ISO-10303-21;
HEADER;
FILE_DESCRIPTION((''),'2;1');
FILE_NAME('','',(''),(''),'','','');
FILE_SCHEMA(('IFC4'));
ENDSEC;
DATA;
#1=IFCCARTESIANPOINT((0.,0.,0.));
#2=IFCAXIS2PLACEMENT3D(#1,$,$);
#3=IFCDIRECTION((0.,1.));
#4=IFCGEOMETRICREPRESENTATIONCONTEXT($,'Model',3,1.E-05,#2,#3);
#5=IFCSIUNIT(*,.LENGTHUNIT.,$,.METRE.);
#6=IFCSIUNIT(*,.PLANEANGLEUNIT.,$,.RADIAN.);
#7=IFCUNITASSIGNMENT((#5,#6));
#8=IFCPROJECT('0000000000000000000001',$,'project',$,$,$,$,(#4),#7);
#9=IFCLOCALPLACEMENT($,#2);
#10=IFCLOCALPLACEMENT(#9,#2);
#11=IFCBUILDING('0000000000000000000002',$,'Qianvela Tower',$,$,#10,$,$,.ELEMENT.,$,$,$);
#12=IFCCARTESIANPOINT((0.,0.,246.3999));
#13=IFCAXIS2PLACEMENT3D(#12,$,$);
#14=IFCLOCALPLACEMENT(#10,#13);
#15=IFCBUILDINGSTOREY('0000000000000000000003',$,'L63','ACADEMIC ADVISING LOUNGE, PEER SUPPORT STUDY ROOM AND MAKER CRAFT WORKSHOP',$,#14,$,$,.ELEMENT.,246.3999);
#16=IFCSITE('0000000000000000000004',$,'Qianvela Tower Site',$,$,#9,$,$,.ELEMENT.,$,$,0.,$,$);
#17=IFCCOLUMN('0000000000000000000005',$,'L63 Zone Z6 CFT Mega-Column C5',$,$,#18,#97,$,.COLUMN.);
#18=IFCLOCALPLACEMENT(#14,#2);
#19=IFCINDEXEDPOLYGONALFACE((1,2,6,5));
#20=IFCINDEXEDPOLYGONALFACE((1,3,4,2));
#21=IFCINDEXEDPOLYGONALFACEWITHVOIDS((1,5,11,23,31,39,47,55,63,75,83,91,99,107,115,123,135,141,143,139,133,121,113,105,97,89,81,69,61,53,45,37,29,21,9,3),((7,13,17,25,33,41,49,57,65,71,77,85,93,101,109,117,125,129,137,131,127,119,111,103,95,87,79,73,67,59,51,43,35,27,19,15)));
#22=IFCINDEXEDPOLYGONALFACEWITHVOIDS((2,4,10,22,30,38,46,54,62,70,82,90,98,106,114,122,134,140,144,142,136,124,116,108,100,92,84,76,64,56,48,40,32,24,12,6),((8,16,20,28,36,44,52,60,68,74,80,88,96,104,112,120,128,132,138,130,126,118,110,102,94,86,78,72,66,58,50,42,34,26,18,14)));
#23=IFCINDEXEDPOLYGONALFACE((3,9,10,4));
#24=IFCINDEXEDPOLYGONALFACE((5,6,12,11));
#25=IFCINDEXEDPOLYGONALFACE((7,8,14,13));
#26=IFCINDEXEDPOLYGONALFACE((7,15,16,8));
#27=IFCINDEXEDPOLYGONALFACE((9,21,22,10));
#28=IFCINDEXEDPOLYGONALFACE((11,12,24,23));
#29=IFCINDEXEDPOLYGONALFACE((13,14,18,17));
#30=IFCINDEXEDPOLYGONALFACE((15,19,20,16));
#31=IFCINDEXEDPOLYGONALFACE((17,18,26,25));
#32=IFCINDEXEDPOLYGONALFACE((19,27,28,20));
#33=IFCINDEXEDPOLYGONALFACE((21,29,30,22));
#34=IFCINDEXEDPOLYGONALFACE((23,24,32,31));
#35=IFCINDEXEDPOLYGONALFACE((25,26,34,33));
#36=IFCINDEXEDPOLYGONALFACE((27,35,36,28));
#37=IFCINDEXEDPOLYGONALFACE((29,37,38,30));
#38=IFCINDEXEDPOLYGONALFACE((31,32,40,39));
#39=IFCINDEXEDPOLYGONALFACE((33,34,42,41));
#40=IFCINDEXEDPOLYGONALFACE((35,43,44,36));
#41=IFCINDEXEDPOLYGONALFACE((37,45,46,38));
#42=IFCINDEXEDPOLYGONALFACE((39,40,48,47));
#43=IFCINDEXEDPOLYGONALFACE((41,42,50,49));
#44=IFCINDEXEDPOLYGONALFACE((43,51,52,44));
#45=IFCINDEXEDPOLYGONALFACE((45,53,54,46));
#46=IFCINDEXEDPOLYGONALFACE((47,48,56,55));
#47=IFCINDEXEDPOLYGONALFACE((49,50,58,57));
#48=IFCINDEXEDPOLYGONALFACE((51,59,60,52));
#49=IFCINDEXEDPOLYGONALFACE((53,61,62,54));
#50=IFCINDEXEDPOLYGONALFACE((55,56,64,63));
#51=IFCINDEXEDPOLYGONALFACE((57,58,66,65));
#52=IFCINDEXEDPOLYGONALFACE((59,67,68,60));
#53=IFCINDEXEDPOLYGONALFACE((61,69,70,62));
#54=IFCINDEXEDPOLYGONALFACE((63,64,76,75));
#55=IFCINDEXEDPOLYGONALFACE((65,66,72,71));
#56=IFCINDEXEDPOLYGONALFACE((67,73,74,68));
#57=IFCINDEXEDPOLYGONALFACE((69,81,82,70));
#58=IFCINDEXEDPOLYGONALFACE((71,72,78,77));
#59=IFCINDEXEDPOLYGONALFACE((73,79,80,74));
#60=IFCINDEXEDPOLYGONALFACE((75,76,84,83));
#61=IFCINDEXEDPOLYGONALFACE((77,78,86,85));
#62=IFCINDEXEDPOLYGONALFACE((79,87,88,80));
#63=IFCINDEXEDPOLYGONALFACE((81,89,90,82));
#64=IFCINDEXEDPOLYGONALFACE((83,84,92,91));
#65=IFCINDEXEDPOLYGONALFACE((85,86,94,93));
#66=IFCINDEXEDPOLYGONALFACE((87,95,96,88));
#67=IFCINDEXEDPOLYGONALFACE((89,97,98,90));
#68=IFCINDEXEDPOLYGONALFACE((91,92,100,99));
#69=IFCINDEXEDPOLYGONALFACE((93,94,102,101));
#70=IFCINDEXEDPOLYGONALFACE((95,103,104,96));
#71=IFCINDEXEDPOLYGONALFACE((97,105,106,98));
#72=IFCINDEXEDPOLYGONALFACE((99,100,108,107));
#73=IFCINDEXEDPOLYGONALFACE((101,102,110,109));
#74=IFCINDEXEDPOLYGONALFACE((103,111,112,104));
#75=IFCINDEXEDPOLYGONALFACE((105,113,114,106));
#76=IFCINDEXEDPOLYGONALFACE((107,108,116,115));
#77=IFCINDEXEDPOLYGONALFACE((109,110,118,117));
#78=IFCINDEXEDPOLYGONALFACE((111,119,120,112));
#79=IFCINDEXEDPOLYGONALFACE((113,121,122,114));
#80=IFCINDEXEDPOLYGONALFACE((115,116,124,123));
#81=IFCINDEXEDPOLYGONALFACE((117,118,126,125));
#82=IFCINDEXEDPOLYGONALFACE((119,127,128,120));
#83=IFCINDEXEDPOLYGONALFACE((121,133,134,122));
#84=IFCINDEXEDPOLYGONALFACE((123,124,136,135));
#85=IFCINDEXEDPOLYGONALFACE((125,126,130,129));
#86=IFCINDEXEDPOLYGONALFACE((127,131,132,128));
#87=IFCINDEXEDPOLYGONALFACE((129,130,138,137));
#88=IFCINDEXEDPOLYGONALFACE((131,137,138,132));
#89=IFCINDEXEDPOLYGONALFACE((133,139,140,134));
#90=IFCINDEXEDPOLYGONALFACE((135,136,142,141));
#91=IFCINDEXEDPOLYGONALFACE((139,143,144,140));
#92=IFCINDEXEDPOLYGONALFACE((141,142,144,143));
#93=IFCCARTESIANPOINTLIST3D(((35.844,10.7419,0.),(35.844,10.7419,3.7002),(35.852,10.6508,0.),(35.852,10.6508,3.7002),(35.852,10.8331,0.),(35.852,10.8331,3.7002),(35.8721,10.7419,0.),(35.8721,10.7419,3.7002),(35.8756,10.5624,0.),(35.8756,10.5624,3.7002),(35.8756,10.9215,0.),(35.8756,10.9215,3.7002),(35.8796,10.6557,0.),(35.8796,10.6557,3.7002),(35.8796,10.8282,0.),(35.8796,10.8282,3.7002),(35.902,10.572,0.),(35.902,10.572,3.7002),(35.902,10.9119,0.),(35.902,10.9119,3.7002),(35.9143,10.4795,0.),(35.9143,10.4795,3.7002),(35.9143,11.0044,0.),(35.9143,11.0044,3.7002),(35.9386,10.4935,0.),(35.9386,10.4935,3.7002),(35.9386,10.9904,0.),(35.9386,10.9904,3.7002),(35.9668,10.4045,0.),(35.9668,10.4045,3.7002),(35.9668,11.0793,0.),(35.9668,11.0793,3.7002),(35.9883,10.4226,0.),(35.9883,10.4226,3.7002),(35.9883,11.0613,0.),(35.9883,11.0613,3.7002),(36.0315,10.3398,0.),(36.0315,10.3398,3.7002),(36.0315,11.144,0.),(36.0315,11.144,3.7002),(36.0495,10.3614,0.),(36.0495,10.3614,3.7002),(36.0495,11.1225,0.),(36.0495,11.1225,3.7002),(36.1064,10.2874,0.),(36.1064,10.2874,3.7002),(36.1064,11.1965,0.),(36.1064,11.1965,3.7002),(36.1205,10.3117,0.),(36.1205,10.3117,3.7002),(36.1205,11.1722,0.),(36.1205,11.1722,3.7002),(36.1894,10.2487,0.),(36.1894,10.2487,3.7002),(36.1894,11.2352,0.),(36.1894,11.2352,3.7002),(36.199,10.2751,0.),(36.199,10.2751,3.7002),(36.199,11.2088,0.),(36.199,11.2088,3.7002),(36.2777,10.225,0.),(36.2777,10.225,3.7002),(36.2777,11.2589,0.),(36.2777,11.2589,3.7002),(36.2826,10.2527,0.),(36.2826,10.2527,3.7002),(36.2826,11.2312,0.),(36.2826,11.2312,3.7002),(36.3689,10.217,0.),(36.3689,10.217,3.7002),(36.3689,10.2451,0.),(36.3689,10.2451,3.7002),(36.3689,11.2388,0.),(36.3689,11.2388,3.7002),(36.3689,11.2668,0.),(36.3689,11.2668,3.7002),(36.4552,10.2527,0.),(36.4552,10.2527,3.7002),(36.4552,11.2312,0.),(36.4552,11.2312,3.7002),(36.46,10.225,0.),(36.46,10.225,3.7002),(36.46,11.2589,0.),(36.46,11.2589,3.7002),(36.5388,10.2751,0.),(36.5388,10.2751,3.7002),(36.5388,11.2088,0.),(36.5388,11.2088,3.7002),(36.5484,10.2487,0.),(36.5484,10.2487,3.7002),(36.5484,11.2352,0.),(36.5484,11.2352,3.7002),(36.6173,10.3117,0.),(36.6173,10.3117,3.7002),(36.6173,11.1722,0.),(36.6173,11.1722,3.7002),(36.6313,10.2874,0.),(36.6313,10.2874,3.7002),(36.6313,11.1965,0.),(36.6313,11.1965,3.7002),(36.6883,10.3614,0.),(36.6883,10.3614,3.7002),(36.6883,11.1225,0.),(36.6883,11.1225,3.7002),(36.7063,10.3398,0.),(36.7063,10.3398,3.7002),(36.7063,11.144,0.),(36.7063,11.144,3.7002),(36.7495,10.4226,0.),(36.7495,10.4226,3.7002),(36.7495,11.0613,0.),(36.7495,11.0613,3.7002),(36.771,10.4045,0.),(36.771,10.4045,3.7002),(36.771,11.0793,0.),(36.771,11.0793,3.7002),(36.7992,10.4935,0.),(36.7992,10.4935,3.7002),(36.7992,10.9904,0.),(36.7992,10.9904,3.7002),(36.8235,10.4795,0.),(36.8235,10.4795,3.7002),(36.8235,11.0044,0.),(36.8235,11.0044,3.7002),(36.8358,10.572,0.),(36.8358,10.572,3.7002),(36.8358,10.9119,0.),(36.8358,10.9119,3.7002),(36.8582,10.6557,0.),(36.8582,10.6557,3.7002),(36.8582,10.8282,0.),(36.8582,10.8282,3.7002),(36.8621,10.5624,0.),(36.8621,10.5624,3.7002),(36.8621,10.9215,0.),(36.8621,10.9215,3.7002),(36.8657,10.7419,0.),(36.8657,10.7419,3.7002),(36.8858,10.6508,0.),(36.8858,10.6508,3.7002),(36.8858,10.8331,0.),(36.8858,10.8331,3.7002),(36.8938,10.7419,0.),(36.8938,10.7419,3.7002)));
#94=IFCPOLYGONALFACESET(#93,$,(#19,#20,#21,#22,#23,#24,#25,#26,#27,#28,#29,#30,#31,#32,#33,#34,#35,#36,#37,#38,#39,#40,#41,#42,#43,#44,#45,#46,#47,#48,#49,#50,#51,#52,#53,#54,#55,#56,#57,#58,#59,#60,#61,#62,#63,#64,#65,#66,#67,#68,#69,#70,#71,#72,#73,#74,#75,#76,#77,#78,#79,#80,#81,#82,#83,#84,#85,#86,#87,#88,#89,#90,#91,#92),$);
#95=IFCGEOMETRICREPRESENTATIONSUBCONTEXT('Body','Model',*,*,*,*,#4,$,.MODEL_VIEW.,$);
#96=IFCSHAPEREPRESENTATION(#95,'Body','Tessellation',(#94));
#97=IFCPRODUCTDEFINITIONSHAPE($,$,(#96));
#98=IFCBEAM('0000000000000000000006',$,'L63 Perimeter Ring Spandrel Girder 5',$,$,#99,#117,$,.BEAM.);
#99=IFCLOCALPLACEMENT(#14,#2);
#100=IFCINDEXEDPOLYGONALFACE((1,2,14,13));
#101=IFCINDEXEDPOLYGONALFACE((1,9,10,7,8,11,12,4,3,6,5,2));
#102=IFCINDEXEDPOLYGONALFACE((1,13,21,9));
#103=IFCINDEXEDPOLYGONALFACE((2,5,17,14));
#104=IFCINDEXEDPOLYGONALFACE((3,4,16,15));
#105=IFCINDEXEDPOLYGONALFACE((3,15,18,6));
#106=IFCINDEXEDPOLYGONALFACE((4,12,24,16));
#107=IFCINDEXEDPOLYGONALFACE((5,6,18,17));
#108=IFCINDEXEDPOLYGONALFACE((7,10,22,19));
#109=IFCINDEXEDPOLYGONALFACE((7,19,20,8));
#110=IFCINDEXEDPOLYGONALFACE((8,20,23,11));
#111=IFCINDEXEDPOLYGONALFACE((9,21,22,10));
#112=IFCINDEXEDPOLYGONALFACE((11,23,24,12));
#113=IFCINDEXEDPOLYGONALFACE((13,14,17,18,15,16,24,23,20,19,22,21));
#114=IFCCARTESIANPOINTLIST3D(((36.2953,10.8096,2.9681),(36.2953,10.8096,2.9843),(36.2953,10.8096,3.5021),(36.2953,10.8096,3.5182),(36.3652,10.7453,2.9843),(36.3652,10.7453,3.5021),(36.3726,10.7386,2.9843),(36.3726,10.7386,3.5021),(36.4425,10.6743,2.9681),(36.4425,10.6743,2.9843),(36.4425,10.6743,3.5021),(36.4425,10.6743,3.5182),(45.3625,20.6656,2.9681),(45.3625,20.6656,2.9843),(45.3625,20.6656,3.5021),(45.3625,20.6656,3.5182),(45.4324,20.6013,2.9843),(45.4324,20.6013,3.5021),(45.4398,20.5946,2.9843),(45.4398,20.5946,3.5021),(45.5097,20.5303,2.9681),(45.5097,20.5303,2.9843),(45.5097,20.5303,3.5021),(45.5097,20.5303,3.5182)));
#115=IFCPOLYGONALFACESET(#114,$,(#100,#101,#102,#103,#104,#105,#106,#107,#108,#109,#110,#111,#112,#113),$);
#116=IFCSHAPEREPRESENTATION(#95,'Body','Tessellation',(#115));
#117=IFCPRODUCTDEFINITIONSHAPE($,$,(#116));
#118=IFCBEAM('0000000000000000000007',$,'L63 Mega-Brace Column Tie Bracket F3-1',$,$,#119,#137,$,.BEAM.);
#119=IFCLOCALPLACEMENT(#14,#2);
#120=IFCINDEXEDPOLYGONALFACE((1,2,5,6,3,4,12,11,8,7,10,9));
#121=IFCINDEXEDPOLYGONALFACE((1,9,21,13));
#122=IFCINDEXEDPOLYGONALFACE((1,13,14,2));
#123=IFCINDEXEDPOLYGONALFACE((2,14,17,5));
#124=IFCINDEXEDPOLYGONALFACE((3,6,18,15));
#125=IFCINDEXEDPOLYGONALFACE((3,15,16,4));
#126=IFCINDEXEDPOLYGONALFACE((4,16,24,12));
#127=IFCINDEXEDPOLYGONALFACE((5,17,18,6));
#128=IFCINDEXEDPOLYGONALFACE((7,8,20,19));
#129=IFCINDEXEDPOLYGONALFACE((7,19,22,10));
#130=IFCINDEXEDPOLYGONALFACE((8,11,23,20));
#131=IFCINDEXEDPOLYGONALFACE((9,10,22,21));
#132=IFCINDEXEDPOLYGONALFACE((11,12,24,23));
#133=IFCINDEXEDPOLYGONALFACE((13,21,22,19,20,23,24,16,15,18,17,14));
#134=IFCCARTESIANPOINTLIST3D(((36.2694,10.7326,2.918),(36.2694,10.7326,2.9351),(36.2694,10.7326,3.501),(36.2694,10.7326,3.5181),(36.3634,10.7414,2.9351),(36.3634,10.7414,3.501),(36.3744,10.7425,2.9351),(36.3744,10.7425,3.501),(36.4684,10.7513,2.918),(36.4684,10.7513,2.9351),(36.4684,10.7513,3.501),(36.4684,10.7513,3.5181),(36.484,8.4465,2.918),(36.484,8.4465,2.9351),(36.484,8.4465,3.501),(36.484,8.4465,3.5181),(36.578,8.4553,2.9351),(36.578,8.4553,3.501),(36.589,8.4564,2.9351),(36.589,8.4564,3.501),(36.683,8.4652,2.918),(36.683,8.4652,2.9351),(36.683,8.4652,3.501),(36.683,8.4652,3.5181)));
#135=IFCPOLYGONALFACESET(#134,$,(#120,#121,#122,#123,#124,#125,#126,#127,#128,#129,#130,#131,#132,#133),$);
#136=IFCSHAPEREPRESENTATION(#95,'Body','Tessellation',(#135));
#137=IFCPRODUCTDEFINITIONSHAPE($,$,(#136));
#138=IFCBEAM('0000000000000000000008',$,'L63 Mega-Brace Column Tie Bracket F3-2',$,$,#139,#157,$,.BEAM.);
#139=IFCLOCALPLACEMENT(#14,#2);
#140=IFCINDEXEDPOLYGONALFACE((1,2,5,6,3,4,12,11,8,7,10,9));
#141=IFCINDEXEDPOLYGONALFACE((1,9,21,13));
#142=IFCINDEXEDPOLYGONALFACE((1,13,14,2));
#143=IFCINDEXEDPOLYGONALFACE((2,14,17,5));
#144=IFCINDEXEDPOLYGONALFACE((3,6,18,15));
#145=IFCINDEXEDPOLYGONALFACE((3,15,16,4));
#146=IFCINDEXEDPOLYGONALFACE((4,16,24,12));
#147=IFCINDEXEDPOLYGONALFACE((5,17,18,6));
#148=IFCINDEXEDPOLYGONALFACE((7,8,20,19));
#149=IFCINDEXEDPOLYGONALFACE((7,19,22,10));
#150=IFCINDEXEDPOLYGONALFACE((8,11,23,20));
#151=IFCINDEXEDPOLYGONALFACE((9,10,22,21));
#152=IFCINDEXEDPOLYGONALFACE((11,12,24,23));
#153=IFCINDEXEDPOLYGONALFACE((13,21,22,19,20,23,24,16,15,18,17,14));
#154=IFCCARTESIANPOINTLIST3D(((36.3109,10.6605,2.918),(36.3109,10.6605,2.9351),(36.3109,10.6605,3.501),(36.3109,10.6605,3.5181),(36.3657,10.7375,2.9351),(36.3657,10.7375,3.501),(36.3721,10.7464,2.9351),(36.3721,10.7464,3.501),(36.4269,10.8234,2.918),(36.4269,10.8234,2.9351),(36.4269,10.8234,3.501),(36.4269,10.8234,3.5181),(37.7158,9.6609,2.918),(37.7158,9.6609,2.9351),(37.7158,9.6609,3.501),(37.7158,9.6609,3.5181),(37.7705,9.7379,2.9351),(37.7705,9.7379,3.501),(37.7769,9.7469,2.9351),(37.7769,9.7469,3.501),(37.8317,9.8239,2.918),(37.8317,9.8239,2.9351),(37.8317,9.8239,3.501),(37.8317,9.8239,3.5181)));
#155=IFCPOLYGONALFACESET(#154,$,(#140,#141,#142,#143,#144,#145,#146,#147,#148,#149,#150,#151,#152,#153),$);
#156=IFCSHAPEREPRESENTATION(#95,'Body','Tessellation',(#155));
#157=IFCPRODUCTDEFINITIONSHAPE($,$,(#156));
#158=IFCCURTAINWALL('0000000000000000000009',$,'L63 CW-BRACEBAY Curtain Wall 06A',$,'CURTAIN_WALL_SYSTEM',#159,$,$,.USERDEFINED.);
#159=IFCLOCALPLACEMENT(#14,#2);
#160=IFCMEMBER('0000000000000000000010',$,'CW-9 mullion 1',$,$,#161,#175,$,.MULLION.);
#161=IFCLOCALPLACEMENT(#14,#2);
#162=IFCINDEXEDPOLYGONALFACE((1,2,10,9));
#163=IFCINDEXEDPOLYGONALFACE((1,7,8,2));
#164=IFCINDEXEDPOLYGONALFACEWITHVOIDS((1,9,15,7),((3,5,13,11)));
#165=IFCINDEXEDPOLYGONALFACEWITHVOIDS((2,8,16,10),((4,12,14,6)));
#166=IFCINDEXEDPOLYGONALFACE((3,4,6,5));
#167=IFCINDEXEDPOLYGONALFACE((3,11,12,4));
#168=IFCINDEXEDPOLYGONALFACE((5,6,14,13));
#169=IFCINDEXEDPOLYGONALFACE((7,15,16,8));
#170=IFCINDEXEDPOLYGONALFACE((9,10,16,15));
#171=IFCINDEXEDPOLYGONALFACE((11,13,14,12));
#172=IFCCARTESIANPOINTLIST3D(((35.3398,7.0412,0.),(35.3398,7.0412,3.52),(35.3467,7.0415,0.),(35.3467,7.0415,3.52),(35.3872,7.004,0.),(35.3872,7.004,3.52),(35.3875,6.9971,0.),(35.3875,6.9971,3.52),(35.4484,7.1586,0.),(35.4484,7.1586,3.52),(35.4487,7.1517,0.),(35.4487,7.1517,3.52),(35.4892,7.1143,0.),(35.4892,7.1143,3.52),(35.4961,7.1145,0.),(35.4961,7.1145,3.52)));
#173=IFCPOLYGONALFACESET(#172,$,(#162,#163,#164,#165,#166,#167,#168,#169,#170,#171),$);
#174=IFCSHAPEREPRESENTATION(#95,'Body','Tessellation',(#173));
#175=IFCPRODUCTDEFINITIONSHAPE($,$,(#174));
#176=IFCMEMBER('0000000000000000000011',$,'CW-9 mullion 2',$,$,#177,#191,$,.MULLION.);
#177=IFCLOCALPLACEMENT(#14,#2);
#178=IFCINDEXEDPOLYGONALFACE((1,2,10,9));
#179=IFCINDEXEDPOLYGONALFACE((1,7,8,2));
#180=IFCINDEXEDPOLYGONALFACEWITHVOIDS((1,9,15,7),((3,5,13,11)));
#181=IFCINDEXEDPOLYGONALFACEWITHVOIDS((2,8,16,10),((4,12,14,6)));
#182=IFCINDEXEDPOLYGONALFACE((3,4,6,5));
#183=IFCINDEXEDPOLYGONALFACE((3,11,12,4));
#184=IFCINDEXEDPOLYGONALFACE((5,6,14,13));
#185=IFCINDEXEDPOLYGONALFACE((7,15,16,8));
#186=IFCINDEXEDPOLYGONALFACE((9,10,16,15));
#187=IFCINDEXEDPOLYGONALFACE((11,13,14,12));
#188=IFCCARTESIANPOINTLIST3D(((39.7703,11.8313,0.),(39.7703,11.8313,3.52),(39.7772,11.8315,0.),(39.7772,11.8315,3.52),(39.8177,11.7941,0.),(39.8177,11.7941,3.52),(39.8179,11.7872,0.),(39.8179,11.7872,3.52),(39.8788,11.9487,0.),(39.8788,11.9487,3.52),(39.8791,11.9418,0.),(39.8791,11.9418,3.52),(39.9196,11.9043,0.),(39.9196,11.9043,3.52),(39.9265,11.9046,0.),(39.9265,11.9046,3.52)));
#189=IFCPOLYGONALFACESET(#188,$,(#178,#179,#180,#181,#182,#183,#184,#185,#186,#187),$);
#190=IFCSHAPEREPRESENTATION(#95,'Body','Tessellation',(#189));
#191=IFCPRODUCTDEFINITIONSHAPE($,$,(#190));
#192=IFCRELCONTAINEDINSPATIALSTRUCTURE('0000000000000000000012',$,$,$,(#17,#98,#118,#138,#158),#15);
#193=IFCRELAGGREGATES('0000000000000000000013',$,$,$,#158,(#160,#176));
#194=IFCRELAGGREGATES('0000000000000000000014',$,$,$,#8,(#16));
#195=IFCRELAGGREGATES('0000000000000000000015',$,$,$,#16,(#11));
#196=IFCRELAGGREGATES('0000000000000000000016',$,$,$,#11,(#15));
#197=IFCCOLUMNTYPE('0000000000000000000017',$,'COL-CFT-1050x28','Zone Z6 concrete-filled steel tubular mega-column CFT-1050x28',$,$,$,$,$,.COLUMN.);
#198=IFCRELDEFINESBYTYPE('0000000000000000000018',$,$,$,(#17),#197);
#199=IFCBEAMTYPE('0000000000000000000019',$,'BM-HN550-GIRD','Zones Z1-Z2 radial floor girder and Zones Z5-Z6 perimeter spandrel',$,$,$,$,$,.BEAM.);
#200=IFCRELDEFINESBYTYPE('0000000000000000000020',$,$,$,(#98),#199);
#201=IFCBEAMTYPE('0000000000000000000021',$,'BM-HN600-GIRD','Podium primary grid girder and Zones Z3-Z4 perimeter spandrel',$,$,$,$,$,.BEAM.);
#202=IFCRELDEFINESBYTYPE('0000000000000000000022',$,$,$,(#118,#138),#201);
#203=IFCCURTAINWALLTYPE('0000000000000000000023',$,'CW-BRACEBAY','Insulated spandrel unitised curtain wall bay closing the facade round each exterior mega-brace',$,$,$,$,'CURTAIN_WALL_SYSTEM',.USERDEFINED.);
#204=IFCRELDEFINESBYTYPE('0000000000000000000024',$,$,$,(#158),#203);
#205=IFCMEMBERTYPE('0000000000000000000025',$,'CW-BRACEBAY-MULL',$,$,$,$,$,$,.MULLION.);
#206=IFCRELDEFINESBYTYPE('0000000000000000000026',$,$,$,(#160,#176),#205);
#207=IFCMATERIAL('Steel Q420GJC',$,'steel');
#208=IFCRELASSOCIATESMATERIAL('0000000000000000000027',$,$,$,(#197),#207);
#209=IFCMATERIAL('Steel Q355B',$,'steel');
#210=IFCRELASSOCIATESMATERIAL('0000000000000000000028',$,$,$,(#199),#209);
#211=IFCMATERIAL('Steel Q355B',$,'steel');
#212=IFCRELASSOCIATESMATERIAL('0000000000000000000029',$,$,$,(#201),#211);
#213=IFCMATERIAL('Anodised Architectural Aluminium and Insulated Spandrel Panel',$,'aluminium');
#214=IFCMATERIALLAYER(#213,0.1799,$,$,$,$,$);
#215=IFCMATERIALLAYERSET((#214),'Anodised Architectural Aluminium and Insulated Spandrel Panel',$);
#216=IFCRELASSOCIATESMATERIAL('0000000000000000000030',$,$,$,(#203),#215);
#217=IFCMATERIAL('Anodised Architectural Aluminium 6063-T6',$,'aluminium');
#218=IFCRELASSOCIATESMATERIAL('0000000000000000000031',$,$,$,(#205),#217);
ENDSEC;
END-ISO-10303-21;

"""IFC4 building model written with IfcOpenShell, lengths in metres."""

from ifc_helpers import new_model, si_unit, direction, frame, origin, origin_2d, place, context, subcontext, project, spatial, hollow_rectangle, hollow_circle, i_section, extrude, material, layer, layer_set, material_profile, profile_set, type_object, element, aggregate, save


model = new_model("IFC4")

# Units and contexts
model_context = context("Model", 3, precision=1e-05, world=origin(), true_north=direction((0.0, 1.0)))
body_context = subcontext(model_context, "Body", "Model", "MODEL_VIEW")
ifc_project = project(units=[si_unit("LENGTHUNIT", "METRE"), si_unit("PLANEANGLEUNIT", "RADIAN")], contexts=[model_context])

# Site, building, storey
site_placement = place(None, origin())
site = spatial("IfcSite", under=ifc_project, at=site_placement, Name="Qianvela Tower Site", CompositionType="ELEMENT", RefElevation=0.0)
building_placement = place(site_placement, origin())
building = spatial("IfcBuilding", under=site, at=building_placement, Name="Qianvela Tower", CompositionType="ELEMENT")
storey_placement = place(building_placement, frame((0.0, 0.0, 246.3999)))
storey = spatial("IfcBuildingStorey", under=building, at=storey_placement, Name="L63", Description="ACADEMIC ADVISING LOUNGE, PEER SUPPORT STUDY ROOM AND MAKER CRAFT WORKSHOP", CompositionType="ELEMENT", Elevation=246.3999)

# Column
ifc_material_1 = material(Name="Steel Q420GJC", Category="steel")
ifc_material_profile_1 = material_profile(ifc_material_1, hollow_circle(Radius=0.5249, WallThickness=0.0281, at=origin_2d()), Name="CFT-1050x28")
ifc_profile_set_1 = profile_set([ifc_material_profile_1], Name="Steel Q420GJC")
column_type = type_object("IfcColumnType", Name="COL-CFT-1050x28", Description="Zone Z6 concrete-filled steel tubular mega-column CFT-1050x28", PredefinedType="COLUMN", material=ifc_profile_set_1)
column_placement = place(storey_placement, frame((36.3689, 10.7419, 0.0), z_axis=(0.0, 0.0, 1.0), x_axis=(1.0, 0.0, 0.0)))
element("IfcColumn", 1, at=column_placement, inside=storey, type_object=column_type, Name="L63 Zone Z6 CFT Mega-Column C5", PredefinedType="COLUMN", context=body_context, shape_type="SweptSolid", body=[
    extrude(hollow_circle(Radius=0.5249, WallThickness=0.0281, at=origin_2d()), origin(), (0.0, 0.0, 1.0), 3.7002),
])

# Beams
ifc_material_2 = material(Name="Steel Q355B", Category="steel")
ifc_material_profile_2 = material_profile(ifc_material_2, i_section(OverallWidth=0.2, OverallDepth=0.55, WebThickness=0.01, FlangeThickness=0.0161, at=origin_2d()), Name="HN550x200x10x16")
ifc_profile_set_2 = profile_set([ifc_material_profile_2], Name="Steel Q355B")
beam_type_1 = type_object("IfcBeamType", Name="BM-HN550-GIRD", Description="Zones Z1-Z2 radial floor girder and Zones Z5-Z6 perimeter spandrel", PredefinedType="BEAM", material=ifc_profile_set_2)
beam_1_placement = place(storey_placement, frame((36.3689, 10.7419, 3.2432), z_axis=(0.677043, 0.735944, 0.0), x_axis=(-0.735944, 0.677043, 0.0)))
element("IfcBeam", 2, at=beam_1_placement, inside=storey, type_object=beam_type_1, Name="L63 Perimeter Ring Spandrel Girder 5", PredefinedType="BEAM", context=body_context, shape_type="SweptSolid", body=[
    extrude(i_section(OverallWidth=0.2, OverallDepth=0.55, WebThickness=0.01, FlangeThickness=0.0161, at=origin_2d()), origin(), (0.0, 0.0, 1.0), 13.3923),
])
ifc_material_3 = material(Name="Steel Q355B", Category="steel")
ifc_material_profile_3 = material_profile(ifc_material_3, i_section(OverallWidth=0.2, OverallDepth=0.6001, WebThickness=0.011, FlangeThickness=0.0171, at=origin_2d()), Name="HN600x200x11x17")
ifc_profile_set_3 = profile_set([ifc_material_profile_3], Name="Steel Q355B")
beam_type_2 = type_object("IfcBeamType", Name="BM-HN600-GIRD", Description="Podium primary grid girder and Zones Z3-Z4 perimeter spandrel", PredefinedType="BEAM", material=ifc_profile_set_3)
beam_2_placement = place(storey_placement, frame((36.3689, 10.7419, 3.218), z_axis=(0.093459, -0.995623, 0.0), x_axis=(0.995623, 0.093459, 0.0)))
element("IfcBeam", 3, at=beam_2_placement, inside=storey, type_object=beam_type_2, Name="L63 Mega-Brace Column Tie Bracket F3-1", PredefinedType="BEAM", context=body_context, shape_type="SweptSolid", body=[
    extrude(i_section(OverallWidth=0.2, OverallDepth=0.6001, WebThickness=0.011, FlangeThickness=0.0171, at=origin_2d()), origin(), (0.0, 0.0, 1.0), 2.2961),
])
beam_3_placement = place(storey_placement, frame((36.3689, 10.7419, 3.218), z_axis=(0.814804, -0.579737, 0.0), x_axis=(0.579737, 0.814804, 0.0)))
element("IfcBeam", 4, at=beam_3_placement, inside=storey, type_object=beam_type_2, Name="L63 Mega-Brace Column Tie Bracket F3-2", PredefinedType="BEAM", context=body_context, shape_type="SweptSolid", body=[
    extrude(i_section(OverallWidth=0.2, OverallDepth=0.6001, WebThickness=0.011, FlangeThickness=0.0171, at=origin_2d()), origin(), (0.0, 0.0, 1.0), 1.7241),
])

# Curtain wall, members
ifc_material_4 = material(Name="Anodised Architectural Aluminium and Insulated Spandrel Panel", Category="aluminium")
ifc_layer_1 = layer(ifc_material_4, 0.1799)
ifc_layer_set_1 = layer_set([ifc_layer_1], Name="Anodised Architectural Aluminium and Insulated Spandrel Panel")
curtain_wall_type_1 = type_object("IfcCurtainWallType", Name="CW-BRACEBAY", Description="Insulated spandrel unitised curtain wall bay closing the facade round each exterior mega-brace", ElementType="CURTAIN_WALL_SYSTEM", PredefinedType="USERDEFINED", material=ifc_layer_set_1)
curtain_wall_1_placement = place(storey_placement, origin())
curtain_wall_1 = element("IfcCurtainWall", 5, at=curtain_wall_1_placement, inside=storey, type_object=curtain_wall_type_1, Name="L63 CW-BRACEBAY Curtain Wall 06A", ObjectType="CURTAIN_WALL_SYSTEM", PredefinedType="USERDEFINED")
ifc_material_5 = material(Name="Anodised Architectural Aluminium 6063-T6", Category="aluminium")
ifc_material_profile_4 = material_profile(ifc_material_5, hollow_rectangle(XDim=0.0649, YDim=0.1599, WallThickness=0.0049, at=origin_2d()), Name="ALU-MULL-65x160")
ifc_profile_set_4 = profile_set([ifc_material_profile_4], Name="Anodised Architectural Aluminium 6063-T6")
member_type_1 = type_object("IfcMemberType", Name="CW-BRACEBAY-MULL", PredefinedType="MULLION", material=ifc_profile_set_4)
member_1_placement = place(storey_placement, frame((35.418, 7.0779, 0.0), z_axis=(0.0, 0.0, 1.0), x_axis=(-0.734126, 0.679013, 0.0)))
member_1 = element("IfcMember", 6, at=member_1_placement, type_object=member_type_1, Name="CW-9 mullion 1", PredefinedType="MULLION", context=body_context, shape_type="SweptSolid", body=[
    extrude(hollow_rectangle(XDim=0.0649, YDim=0.1599, WallThickness=0.0049, at=origin_2d()), origin(), (0.0, 0.0, 1.0), 3.52),
])
member_2_placement = place(storey_placement, frame((39.8484, 11.8679, 0.0), z_axis=(0.0, 0.0, 1.0), x_axis=(-0.734126, 0.679013, 0.0)))
member_2 = element("IfcMember", 7, at=member_2_placement, type_object=member_type_1, Name="CW-9 mullion 2", PredefinedType="MULLION", context=body_context, shape_type="SweptSolid", body=[
    extrude(hollow_rectangle(XDim=0.0649, YDim=0.1599, WallThickness=0.0049, at=origin_2d()), origin(), (0.0, 0.0, 1.0), 3.52),
])

aggregate(curtain_wall_1, [member_1, member_2])

save(model, "model.ifc")
